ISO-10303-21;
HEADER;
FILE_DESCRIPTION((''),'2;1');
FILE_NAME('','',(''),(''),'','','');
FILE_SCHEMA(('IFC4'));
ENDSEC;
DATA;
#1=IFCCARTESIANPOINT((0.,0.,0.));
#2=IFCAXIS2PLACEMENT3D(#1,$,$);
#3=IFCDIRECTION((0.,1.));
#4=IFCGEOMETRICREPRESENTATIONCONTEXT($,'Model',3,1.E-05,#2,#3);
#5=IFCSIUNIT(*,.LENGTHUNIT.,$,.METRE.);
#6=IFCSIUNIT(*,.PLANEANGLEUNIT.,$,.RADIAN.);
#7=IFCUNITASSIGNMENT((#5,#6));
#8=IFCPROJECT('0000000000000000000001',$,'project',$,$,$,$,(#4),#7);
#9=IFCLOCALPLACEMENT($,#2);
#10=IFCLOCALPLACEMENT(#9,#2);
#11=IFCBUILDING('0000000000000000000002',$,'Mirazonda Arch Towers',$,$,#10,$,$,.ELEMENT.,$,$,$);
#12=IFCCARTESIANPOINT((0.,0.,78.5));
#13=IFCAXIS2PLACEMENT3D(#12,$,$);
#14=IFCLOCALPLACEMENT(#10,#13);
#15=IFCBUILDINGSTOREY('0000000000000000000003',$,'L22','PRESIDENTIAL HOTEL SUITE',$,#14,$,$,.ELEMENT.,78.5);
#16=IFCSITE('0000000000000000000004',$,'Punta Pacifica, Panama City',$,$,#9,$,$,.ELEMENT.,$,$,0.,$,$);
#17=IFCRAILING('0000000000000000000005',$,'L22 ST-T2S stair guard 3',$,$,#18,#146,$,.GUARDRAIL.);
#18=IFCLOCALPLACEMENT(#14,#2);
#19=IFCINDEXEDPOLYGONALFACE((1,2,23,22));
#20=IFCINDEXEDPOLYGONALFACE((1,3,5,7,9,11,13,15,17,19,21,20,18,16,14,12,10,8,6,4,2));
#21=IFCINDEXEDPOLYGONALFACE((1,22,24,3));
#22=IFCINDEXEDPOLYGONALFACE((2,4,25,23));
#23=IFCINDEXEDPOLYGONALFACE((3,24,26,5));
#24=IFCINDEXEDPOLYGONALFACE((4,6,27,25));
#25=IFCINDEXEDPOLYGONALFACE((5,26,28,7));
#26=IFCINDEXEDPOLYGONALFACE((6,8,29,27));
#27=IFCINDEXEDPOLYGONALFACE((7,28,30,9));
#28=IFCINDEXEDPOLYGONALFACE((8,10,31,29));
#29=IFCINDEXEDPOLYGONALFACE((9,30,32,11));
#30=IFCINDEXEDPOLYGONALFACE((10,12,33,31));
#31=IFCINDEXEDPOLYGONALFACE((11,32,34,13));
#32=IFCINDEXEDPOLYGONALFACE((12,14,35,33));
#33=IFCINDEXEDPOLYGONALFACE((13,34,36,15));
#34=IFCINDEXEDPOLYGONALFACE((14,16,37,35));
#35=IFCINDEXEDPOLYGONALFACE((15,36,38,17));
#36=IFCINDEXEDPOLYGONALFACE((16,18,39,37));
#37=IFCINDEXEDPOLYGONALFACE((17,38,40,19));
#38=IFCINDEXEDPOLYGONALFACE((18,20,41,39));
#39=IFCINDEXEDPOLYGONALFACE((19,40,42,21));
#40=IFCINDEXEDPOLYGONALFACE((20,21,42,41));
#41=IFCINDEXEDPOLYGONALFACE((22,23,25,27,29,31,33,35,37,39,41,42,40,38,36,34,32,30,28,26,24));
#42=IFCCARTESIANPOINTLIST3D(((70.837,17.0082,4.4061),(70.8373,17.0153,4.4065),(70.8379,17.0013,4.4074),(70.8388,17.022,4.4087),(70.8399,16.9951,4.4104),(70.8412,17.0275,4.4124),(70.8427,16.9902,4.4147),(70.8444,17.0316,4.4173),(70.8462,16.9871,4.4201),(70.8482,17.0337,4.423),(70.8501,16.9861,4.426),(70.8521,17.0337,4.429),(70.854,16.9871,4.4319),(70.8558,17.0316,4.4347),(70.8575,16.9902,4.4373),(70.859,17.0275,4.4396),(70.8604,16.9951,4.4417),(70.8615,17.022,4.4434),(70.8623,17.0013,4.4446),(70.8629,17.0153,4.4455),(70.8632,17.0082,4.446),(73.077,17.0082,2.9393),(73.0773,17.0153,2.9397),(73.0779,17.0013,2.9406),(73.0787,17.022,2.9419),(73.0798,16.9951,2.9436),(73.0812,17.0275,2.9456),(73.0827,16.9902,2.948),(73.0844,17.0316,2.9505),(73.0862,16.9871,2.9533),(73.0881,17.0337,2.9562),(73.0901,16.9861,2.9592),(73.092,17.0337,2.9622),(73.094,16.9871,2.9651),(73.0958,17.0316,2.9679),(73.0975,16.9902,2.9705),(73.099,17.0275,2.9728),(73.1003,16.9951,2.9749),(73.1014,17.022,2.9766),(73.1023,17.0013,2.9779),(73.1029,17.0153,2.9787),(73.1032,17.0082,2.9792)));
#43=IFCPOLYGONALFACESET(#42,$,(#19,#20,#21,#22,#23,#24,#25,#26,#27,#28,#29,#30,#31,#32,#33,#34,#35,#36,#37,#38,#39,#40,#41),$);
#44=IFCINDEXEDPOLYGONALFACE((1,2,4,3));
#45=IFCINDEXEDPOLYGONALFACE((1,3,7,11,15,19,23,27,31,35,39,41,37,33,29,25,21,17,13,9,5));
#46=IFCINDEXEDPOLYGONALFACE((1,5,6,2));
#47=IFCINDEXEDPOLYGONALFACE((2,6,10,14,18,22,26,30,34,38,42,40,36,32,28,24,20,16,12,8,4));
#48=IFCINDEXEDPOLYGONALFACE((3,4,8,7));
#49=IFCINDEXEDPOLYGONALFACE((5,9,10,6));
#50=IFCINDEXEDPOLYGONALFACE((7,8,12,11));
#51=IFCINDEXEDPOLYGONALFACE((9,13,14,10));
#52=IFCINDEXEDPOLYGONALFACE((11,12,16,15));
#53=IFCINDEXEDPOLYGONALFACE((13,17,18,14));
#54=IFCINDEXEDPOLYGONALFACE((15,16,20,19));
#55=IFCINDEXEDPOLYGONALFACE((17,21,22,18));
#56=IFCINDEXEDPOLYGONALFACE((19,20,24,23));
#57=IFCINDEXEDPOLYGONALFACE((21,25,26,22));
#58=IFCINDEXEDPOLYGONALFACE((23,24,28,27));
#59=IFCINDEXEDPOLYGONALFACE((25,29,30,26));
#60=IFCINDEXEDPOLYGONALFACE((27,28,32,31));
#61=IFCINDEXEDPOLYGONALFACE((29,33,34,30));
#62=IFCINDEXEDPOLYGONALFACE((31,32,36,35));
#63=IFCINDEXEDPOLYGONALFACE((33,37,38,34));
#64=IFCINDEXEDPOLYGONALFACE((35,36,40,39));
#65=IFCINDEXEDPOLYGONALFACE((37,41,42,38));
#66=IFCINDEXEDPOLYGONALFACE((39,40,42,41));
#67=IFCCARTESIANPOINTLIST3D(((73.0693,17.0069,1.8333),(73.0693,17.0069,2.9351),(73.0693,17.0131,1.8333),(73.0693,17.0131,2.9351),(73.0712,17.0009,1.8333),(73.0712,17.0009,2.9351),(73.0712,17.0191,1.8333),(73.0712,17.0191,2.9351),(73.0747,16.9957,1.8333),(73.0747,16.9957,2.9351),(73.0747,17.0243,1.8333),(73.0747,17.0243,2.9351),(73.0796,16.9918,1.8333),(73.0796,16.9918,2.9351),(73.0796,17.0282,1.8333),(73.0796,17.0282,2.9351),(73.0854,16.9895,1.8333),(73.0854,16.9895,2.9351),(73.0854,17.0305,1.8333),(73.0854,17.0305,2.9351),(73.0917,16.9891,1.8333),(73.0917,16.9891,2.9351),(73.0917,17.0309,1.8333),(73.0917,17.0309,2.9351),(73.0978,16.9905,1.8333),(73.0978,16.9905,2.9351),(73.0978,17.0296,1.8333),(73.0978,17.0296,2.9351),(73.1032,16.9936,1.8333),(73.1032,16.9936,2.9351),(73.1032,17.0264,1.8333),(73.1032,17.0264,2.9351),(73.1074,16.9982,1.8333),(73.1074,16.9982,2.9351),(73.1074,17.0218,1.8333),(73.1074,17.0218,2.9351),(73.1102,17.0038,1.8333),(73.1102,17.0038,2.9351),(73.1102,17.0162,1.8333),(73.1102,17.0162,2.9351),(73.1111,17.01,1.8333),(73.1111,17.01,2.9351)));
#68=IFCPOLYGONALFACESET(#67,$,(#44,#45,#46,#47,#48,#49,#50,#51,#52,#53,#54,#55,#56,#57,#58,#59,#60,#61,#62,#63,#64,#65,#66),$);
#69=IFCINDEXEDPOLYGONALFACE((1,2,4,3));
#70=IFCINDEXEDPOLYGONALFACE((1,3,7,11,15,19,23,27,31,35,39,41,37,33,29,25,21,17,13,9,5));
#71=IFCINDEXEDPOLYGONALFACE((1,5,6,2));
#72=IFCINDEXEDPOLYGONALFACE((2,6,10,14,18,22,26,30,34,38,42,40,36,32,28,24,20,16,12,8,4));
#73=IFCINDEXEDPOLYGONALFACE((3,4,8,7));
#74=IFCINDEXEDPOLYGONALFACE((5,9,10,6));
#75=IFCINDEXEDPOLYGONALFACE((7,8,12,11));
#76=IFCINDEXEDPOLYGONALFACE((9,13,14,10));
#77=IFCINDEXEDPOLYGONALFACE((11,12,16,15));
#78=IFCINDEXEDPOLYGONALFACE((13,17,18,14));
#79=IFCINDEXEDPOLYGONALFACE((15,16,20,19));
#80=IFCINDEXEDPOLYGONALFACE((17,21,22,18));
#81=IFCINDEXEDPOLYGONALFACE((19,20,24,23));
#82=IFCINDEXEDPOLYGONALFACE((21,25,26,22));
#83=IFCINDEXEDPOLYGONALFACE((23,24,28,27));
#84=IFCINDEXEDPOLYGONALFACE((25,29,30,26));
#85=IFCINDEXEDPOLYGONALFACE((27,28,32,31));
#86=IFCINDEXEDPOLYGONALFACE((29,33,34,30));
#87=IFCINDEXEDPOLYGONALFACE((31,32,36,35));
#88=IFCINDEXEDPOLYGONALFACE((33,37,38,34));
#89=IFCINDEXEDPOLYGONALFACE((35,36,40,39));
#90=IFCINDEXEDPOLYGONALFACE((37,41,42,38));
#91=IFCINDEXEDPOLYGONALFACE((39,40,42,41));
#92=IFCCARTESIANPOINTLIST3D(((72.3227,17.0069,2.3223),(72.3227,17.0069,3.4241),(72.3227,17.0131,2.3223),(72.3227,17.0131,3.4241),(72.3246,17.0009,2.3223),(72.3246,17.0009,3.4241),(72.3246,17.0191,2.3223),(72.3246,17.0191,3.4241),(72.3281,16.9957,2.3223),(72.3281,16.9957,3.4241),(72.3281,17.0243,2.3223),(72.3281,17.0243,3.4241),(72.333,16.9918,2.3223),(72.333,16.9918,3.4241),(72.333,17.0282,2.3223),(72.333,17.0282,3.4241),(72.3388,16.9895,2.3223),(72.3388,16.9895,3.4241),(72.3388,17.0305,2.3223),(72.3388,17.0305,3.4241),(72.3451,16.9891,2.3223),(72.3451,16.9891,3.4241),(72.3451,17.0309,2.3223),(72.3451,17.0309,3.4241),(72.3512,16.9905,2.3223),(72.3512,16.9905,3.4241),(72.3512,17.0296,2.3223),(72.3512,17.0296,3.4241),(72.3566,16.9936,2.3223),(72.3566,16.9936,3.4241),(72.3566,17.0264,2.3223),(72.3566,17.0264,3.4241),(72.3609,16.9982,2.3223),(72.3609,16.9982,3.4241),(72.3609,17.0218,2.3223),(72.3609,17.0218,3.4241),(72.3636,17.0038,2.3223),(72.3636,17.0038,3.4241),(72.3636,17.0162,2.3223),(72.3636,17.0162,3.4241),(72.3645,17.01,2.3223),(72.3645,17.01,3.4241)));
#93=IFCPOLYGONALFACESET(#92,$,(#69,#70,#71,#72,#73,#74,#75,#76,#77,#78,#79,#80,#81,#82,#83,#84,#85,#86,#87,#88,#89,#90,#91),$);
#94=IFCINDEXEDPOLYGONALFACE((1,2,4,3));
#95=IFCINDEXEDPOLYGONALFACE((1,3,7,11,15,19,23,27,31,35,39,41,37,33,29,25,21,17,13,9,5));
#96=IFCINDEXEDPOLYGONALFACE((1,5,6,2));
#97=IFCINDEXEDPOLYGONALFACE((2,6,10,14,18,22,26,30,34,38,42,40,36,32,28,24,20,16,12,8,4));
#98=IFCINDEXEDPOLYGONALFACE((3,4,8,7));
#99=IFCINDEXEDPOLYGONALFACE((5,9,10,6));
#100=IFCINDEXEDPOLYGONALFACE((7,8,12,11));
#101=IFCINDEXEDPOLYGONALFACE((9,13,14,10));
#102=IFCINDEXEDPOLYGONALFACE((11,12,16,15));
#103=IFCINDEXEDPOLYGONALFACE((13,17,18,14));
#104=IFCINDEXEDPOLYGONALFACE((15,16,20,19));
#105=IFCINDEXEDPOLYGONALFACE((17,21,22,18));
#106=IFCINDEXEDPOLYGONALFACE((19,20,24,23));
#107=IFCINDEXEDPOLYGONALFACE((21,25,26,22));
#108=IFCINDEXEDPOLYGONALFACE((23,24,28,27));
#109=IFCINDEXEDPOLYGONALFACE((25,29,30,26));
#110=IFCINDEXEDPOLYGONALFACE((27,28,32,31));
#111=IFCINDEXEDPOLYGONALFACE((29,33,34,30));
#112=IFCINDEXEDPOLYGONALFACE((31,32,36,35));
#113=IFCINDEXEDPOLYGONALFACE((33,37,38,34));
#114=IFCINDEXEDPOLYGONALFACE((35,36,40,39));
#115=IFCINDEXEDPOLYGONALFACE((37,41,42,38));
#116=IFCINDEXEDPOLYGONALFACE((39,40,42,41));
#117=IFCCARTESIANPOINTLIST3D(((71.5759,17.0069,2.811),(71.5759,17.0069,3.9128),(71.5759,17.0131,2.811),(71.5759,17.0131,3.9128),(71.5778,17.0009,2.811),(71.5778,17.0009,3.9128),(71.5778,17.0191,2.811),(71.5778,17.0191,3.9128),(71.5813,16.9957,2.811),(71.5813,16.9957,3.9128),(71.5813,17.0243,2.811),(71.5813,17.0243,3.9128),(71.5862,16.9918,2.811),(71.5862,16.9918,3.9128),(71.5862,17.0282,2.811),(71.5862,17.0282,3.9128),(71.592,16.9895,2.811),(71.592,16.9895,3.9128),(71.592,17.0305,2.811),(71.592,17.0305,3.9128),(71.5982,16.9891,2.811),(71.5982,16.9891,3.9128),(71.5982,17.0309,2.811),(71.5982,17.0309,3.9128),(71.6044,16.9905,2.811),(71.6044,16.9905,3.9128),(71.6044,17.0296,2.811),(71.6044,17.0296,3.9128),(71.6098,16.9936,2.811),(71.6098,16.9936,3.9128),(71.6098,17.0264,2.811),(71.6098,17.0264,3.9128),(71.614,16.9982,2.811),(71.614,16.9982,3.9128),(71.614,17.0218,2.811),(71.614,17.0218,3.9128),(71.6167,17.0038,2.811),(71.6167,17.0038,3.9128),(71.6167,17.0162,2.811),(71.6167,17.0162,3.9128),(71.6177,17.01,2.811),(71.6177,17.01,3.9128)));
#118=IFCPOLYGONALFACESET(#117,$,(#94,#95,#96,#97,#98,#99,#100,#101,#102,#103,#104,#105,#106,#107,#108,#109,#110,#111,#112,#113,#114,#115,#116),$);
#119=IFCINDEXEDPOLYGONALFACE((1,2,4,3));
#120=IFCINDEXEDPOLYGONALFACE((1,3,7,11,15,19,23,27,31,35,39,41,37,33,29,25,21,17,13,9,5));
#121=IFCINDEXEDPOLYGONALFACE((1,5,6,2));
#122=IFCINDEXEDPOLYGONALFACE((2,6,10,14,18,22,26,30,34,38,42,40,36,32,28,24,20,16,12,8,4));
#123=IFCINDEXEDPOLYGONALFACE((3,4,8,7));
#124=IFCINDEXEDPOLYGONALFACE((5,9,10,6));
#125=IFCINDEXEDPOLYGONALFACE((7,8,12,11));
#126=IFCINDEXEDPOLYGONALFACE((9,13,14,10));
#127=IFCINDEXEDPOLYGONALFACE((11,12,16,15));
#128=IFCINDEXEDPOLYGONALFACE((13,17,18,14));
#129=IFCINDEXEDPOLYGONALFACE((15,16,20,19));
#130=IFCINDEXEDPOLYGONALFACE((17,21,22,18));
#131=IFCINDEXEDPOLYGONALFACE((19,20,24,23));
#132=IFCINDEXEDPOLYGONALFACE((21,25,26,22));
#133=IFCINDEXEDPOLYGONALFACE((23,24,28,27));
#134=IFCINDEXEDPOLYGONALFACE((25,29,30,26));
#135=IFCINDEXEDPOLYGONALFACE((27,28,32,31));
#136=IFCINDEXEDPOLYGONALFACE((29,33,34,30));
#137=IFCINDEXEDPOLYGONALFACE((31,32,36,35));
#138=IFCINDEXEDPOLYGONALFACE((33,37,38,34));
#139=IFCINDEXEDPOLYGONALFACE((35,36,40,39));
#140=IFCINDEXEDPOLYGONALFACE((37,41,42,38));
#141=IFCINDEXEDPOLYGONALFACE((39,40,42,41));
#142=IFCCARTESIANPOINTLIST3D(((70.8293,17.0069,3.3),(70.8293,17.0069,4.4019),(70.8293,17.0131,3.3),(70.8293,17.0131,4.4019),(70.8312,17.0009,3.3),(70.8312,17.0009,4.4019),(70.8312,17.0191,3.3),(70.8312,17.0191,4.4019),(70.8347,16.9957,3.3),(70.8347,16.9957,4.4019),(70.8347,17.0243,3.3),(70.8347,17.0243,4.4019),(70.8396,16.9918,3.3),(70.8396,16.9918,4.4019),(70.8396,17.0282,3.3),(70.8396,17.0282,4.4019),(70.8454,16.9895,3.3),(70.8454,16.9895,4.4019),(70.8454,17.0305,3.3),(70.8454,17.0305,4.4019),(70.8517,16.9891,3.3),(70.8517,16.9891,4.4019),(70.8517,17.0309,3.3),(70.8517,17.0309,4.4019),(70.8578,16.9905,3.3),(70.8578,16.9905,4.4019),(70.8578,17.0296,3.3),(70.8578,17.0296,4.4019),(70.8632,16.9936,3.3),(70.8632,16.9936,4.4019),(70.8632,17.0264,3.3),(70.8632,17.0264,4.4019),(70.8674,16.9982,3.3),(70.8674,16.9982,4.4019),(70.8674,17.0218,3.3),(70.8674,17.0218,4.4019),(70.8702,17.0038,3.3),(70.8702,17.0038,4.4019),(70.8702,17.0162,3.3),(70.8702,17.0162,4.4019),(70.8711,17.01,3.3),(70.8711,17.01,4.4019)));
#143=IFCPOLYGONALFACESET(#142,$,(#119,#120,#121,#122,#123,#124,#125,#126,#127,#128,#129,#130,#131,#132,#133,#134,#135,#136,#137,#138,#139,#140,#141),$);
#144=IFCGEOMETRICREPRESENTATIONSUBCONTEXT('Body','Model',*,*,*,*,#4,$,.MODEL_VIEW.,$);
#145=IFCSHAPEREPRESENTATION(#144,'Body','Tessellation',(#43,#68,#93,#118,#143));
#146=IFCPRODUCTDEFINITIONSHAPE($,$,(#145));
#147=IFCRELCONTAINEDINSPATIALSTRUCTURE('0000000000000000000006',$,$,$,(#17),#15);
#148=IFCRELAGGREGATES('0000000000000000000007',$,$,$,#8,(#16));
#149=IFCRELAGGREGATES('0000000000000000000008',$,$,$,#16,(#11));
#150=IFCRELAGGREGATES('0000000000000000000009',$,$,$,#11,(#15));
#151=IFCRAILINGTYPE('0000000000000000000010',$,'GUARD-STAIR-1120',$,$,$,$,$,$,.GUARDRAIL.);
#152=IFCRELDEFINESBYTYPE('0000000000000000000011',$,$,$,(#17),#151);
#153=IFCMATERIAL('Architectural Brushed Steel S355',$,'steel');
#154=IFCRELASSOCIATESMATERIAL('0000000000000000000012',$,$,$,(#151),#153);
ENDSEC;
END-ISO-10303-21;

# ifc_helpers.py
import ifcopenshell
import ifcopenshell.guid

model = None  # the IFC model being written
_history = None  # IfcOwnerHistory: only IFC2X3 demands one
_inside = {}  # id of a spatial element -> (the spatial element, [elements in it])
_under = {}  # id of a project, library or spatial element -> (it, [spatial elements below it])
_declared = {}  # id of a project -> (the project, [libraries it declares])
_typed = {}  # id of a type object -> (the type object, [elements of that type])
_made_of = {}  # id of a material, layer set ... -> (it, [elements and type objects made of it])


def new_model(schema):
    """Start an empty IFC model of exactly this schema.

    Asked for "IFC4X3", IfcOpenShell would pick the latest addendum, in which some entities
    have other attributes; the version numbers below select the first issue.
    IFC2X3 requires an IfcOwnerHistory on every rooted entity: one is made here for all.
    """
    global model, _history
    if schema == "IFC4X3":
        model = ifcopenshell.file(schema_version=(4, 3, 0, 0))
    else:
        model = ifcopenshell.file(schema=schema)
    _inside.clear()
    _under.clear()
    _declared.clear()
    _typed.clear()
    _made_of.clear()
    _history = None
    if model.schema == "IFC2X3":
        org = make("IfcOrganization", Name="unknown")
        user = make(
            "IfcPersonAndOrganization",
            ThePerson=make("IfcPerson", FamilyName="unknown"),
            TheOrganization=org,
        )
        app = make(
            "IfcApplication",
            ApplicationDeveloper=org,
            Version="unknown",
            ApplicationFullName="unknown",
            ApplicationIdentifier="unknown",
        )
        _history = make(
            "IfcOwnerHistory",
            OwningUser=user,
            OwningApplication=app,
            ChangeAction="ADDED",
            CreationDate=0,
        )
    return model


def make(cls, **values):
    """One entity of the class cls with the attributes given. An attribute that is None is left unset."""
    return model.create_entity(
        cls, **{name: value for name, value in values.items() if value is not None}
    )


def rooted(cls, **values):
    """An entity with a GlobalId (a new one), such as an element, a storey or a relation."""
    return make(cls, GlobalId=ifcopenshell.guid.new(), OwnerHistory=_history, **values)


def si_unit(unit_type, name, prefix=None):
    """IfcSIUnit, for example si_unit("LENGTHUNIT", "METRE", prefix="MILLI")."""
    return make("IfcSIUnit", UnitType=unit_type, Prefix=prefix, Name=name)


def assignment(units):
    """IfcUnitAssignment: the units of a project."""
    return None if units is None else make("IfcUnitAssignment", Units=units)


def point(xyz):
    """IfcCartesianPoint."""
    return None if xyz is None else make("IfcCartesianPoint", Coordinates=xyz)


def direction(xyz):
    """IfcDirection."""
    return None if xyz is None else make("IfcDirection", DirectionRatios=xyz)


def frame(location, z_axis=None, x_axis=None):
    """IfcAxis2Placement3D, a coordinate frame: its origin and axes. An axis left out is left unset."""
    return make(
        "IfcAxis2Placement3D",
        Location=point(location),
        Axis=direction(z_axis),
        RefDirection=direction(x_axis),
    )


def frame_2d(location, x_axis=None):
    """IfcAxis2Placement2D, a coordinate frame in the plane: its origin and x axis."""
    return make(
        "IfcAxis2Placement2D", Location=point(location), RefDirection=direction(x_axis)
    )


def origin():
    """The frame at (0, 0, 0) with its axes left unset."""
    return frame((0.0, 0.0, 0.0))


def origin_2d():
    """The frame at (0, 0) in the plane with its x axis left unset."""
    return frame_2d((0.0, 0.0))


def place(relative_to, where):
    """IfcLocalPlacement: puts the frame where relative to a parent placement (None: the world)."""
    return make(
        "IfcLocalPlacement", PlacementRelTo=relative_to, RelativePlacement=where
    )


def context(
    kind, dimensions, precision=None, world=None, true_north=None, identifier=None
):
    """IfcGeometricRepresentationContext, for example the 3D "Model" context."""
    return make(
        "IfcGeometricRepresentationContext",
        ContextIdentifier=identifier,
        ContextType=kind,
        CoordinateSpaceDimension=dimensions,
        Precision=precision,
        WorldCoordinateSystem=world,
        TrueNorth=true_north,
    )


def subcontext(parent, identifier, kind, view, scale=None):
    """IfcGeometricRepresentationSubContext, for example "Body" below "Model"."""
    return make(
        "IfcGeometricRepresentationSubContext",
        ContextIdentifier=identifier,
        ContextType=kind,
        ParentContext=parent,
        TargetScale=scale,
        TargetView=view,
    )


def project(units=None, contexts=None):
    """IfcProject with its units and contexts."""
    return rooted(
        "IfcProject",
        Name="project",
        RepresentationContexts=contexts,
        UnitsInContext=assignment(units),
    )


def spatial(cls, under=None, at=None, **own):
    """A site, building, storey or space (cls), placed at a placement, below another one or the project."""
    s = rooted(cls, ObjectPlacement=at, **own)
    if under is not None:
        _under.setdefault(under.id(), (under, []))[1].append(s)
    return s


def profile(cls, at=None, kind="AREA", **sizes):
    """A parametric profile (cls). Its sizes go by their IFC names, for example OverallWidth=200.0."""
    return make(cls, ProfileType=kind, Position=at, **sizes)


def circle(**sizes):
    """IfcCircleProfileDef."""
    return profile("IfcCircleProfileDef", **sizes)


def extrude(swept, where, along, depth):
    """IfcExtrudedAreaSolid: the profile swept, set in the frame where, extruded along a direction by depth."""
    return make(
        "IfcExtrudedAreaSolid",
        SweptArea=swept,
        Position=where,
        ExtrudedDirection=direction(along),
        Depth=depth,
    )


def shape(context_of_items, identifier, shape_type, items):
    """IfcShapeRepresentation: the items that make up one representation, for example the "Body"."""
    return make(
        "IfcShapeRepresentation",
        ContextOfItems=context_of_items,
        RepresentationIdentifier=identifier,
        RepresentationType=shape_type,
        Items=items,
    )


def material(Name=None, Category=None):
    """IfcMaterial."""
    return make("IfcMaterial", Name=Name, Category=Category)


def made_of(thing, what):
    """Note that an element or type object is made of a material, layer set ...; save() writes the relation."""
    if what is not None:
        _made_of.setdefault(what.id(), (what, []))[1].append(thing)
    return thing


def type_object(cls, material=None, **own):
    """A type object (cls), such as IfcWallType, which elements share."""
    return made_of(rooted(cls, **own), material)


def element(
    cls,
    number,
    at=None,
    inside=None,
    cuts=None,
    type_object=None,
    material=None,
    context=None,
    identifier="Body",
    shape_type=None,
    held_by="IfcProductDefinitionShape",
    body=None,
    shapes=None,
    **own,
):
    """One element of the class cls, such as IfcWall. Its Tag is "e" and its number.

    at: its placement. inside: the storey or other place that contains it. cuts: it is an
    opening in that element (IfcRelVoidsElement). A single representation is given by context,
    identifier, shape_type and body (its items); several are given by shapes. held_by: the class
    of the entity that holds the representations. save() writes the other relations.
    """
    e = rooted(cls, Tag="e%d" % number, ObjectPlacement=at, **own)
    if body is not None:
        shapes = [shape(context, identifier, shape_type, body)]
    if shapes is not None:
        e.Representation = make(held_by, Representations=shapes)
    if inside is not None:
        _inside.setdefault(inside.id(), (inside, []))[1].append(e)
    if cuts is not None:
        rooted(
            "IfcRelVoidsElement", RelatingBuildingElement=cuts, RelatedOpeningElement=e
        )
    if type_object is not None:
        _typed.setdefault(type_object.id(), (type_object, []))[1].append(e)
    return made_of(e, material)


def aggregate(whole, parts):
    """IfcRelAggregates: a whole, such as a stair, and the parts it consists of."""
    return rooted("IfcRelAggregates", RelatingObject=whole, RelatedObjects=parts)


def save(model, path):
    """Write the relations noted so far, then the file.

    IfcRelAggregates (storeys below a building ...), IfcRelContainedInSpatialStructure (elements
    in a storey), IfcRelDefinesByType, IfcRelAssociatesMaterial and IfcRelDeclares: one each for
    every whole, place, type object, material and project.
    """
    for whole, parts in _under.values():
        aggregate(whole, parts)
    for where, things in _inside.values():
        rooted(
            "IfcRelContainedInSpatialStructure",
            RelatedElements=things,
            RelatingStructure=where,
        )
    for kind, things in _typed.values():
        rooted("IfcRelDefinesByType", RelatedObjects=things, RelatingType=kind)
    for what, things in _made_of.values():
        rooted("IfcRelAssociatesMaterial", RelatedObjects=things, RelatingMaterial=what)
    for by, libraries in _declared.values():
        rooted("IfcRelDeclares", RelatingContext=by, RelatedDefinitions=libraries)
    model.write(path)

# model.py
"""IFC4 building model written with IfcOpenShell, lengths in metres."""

from ifc_helpers import new_model, si_unit, direction, frame, origin, origin_2d, place, context, subcontext, project, spatial, circle, extrude, material, type_object, element, save


model = new_model("IFC4")

# Units and contexts
model_context = context("Model", 3, precision=1e-05, world=origin(), true_north=direction((0.0, 1.0)))
body_context = subcontext(model_context, "Body", "Model", "MODEL_VIEW")
ifc_project = project(units=[si_unit("LENGTHUNIT", "METRE"), si_unit("PLANEANGLEUNIT", "RADIAN")], contexts=[model_context])

# Site, building, storey
site_placement = place(None, origin())
site = spatial("IfcSite", under=ifc_project, at=site_placement, Name="Punta Pacifica, Panama City", CompositionType="ELEMENT", RefElevation=0.0)
building_placement = place(site_placement, origin())
building = spatial("IfcBuilding", under=site, at=building_placement, Name="Mirazonda Arch Towers", CompositionType="ELEMENT")
storey_placement = place(building_placement, frame((0.0, 0.0, 78.5)))
storey = spatial("IfcBuildingStorey", under=building, at=storey_placement, Name="L22", Description="PRESIDENTIAL HOTEL SUITE", CompositionType="ELEMENT", Elevation=78.5)

# Railing
ifc_material_1 = material(Name="Architectural Brushed Steel S355", Category="steel")
railing_type_1 = type_object("IfcRailingType", Name="GUARD-STAIR-1120", PredefinedType="GUARDRAIL", material=ifc_material_1)
railing_1_placement = place(storey_placement, frame((73.0901, 17.01, 1.8333)))
element("IfcRailing", 1, at=railing_1_placement, inside=storey, type_object=railing_type_1, Name="L22 ST-T2S stair guard 3", PredefinedType="GUARDRAIL", context=body_context, shape_type="SweptSolid", body=[
    extrude(circle(Radius=0.0239, at=origin_2d()), frame((0.0, 0.0, 1.126), z_axis=(-0.836595, 0.0, 0.547822), x_axis=(0.0, -1.0, 0.0)), (0.0, 0.0, 1.0), 2.6775),
    extrude(circle(Radius=0.021, at=origin_2d()), origin(), (0.0, 0.0, 1.0), 1.1018),
    extrude(circle(Radius=0.021, at=origin_2d()), frame((-0.7466, 0.0, 0.489)), (0.0, 0.0, 1.0), 1.1018),
    extrude(circle(Radius=0.021, at=origin_2d()), frame((-1.4934, 0.0, 0.9778)), (0.0, 0.0, 1.0), 1.1018),
    extrude(circle(Radius=0.021, at=origin_2d()), frame((-2.24, 0.0, 1.4668)), (0.0, 0.0, 1.0), 1.1018),
])

save(model, "model.ifc")
